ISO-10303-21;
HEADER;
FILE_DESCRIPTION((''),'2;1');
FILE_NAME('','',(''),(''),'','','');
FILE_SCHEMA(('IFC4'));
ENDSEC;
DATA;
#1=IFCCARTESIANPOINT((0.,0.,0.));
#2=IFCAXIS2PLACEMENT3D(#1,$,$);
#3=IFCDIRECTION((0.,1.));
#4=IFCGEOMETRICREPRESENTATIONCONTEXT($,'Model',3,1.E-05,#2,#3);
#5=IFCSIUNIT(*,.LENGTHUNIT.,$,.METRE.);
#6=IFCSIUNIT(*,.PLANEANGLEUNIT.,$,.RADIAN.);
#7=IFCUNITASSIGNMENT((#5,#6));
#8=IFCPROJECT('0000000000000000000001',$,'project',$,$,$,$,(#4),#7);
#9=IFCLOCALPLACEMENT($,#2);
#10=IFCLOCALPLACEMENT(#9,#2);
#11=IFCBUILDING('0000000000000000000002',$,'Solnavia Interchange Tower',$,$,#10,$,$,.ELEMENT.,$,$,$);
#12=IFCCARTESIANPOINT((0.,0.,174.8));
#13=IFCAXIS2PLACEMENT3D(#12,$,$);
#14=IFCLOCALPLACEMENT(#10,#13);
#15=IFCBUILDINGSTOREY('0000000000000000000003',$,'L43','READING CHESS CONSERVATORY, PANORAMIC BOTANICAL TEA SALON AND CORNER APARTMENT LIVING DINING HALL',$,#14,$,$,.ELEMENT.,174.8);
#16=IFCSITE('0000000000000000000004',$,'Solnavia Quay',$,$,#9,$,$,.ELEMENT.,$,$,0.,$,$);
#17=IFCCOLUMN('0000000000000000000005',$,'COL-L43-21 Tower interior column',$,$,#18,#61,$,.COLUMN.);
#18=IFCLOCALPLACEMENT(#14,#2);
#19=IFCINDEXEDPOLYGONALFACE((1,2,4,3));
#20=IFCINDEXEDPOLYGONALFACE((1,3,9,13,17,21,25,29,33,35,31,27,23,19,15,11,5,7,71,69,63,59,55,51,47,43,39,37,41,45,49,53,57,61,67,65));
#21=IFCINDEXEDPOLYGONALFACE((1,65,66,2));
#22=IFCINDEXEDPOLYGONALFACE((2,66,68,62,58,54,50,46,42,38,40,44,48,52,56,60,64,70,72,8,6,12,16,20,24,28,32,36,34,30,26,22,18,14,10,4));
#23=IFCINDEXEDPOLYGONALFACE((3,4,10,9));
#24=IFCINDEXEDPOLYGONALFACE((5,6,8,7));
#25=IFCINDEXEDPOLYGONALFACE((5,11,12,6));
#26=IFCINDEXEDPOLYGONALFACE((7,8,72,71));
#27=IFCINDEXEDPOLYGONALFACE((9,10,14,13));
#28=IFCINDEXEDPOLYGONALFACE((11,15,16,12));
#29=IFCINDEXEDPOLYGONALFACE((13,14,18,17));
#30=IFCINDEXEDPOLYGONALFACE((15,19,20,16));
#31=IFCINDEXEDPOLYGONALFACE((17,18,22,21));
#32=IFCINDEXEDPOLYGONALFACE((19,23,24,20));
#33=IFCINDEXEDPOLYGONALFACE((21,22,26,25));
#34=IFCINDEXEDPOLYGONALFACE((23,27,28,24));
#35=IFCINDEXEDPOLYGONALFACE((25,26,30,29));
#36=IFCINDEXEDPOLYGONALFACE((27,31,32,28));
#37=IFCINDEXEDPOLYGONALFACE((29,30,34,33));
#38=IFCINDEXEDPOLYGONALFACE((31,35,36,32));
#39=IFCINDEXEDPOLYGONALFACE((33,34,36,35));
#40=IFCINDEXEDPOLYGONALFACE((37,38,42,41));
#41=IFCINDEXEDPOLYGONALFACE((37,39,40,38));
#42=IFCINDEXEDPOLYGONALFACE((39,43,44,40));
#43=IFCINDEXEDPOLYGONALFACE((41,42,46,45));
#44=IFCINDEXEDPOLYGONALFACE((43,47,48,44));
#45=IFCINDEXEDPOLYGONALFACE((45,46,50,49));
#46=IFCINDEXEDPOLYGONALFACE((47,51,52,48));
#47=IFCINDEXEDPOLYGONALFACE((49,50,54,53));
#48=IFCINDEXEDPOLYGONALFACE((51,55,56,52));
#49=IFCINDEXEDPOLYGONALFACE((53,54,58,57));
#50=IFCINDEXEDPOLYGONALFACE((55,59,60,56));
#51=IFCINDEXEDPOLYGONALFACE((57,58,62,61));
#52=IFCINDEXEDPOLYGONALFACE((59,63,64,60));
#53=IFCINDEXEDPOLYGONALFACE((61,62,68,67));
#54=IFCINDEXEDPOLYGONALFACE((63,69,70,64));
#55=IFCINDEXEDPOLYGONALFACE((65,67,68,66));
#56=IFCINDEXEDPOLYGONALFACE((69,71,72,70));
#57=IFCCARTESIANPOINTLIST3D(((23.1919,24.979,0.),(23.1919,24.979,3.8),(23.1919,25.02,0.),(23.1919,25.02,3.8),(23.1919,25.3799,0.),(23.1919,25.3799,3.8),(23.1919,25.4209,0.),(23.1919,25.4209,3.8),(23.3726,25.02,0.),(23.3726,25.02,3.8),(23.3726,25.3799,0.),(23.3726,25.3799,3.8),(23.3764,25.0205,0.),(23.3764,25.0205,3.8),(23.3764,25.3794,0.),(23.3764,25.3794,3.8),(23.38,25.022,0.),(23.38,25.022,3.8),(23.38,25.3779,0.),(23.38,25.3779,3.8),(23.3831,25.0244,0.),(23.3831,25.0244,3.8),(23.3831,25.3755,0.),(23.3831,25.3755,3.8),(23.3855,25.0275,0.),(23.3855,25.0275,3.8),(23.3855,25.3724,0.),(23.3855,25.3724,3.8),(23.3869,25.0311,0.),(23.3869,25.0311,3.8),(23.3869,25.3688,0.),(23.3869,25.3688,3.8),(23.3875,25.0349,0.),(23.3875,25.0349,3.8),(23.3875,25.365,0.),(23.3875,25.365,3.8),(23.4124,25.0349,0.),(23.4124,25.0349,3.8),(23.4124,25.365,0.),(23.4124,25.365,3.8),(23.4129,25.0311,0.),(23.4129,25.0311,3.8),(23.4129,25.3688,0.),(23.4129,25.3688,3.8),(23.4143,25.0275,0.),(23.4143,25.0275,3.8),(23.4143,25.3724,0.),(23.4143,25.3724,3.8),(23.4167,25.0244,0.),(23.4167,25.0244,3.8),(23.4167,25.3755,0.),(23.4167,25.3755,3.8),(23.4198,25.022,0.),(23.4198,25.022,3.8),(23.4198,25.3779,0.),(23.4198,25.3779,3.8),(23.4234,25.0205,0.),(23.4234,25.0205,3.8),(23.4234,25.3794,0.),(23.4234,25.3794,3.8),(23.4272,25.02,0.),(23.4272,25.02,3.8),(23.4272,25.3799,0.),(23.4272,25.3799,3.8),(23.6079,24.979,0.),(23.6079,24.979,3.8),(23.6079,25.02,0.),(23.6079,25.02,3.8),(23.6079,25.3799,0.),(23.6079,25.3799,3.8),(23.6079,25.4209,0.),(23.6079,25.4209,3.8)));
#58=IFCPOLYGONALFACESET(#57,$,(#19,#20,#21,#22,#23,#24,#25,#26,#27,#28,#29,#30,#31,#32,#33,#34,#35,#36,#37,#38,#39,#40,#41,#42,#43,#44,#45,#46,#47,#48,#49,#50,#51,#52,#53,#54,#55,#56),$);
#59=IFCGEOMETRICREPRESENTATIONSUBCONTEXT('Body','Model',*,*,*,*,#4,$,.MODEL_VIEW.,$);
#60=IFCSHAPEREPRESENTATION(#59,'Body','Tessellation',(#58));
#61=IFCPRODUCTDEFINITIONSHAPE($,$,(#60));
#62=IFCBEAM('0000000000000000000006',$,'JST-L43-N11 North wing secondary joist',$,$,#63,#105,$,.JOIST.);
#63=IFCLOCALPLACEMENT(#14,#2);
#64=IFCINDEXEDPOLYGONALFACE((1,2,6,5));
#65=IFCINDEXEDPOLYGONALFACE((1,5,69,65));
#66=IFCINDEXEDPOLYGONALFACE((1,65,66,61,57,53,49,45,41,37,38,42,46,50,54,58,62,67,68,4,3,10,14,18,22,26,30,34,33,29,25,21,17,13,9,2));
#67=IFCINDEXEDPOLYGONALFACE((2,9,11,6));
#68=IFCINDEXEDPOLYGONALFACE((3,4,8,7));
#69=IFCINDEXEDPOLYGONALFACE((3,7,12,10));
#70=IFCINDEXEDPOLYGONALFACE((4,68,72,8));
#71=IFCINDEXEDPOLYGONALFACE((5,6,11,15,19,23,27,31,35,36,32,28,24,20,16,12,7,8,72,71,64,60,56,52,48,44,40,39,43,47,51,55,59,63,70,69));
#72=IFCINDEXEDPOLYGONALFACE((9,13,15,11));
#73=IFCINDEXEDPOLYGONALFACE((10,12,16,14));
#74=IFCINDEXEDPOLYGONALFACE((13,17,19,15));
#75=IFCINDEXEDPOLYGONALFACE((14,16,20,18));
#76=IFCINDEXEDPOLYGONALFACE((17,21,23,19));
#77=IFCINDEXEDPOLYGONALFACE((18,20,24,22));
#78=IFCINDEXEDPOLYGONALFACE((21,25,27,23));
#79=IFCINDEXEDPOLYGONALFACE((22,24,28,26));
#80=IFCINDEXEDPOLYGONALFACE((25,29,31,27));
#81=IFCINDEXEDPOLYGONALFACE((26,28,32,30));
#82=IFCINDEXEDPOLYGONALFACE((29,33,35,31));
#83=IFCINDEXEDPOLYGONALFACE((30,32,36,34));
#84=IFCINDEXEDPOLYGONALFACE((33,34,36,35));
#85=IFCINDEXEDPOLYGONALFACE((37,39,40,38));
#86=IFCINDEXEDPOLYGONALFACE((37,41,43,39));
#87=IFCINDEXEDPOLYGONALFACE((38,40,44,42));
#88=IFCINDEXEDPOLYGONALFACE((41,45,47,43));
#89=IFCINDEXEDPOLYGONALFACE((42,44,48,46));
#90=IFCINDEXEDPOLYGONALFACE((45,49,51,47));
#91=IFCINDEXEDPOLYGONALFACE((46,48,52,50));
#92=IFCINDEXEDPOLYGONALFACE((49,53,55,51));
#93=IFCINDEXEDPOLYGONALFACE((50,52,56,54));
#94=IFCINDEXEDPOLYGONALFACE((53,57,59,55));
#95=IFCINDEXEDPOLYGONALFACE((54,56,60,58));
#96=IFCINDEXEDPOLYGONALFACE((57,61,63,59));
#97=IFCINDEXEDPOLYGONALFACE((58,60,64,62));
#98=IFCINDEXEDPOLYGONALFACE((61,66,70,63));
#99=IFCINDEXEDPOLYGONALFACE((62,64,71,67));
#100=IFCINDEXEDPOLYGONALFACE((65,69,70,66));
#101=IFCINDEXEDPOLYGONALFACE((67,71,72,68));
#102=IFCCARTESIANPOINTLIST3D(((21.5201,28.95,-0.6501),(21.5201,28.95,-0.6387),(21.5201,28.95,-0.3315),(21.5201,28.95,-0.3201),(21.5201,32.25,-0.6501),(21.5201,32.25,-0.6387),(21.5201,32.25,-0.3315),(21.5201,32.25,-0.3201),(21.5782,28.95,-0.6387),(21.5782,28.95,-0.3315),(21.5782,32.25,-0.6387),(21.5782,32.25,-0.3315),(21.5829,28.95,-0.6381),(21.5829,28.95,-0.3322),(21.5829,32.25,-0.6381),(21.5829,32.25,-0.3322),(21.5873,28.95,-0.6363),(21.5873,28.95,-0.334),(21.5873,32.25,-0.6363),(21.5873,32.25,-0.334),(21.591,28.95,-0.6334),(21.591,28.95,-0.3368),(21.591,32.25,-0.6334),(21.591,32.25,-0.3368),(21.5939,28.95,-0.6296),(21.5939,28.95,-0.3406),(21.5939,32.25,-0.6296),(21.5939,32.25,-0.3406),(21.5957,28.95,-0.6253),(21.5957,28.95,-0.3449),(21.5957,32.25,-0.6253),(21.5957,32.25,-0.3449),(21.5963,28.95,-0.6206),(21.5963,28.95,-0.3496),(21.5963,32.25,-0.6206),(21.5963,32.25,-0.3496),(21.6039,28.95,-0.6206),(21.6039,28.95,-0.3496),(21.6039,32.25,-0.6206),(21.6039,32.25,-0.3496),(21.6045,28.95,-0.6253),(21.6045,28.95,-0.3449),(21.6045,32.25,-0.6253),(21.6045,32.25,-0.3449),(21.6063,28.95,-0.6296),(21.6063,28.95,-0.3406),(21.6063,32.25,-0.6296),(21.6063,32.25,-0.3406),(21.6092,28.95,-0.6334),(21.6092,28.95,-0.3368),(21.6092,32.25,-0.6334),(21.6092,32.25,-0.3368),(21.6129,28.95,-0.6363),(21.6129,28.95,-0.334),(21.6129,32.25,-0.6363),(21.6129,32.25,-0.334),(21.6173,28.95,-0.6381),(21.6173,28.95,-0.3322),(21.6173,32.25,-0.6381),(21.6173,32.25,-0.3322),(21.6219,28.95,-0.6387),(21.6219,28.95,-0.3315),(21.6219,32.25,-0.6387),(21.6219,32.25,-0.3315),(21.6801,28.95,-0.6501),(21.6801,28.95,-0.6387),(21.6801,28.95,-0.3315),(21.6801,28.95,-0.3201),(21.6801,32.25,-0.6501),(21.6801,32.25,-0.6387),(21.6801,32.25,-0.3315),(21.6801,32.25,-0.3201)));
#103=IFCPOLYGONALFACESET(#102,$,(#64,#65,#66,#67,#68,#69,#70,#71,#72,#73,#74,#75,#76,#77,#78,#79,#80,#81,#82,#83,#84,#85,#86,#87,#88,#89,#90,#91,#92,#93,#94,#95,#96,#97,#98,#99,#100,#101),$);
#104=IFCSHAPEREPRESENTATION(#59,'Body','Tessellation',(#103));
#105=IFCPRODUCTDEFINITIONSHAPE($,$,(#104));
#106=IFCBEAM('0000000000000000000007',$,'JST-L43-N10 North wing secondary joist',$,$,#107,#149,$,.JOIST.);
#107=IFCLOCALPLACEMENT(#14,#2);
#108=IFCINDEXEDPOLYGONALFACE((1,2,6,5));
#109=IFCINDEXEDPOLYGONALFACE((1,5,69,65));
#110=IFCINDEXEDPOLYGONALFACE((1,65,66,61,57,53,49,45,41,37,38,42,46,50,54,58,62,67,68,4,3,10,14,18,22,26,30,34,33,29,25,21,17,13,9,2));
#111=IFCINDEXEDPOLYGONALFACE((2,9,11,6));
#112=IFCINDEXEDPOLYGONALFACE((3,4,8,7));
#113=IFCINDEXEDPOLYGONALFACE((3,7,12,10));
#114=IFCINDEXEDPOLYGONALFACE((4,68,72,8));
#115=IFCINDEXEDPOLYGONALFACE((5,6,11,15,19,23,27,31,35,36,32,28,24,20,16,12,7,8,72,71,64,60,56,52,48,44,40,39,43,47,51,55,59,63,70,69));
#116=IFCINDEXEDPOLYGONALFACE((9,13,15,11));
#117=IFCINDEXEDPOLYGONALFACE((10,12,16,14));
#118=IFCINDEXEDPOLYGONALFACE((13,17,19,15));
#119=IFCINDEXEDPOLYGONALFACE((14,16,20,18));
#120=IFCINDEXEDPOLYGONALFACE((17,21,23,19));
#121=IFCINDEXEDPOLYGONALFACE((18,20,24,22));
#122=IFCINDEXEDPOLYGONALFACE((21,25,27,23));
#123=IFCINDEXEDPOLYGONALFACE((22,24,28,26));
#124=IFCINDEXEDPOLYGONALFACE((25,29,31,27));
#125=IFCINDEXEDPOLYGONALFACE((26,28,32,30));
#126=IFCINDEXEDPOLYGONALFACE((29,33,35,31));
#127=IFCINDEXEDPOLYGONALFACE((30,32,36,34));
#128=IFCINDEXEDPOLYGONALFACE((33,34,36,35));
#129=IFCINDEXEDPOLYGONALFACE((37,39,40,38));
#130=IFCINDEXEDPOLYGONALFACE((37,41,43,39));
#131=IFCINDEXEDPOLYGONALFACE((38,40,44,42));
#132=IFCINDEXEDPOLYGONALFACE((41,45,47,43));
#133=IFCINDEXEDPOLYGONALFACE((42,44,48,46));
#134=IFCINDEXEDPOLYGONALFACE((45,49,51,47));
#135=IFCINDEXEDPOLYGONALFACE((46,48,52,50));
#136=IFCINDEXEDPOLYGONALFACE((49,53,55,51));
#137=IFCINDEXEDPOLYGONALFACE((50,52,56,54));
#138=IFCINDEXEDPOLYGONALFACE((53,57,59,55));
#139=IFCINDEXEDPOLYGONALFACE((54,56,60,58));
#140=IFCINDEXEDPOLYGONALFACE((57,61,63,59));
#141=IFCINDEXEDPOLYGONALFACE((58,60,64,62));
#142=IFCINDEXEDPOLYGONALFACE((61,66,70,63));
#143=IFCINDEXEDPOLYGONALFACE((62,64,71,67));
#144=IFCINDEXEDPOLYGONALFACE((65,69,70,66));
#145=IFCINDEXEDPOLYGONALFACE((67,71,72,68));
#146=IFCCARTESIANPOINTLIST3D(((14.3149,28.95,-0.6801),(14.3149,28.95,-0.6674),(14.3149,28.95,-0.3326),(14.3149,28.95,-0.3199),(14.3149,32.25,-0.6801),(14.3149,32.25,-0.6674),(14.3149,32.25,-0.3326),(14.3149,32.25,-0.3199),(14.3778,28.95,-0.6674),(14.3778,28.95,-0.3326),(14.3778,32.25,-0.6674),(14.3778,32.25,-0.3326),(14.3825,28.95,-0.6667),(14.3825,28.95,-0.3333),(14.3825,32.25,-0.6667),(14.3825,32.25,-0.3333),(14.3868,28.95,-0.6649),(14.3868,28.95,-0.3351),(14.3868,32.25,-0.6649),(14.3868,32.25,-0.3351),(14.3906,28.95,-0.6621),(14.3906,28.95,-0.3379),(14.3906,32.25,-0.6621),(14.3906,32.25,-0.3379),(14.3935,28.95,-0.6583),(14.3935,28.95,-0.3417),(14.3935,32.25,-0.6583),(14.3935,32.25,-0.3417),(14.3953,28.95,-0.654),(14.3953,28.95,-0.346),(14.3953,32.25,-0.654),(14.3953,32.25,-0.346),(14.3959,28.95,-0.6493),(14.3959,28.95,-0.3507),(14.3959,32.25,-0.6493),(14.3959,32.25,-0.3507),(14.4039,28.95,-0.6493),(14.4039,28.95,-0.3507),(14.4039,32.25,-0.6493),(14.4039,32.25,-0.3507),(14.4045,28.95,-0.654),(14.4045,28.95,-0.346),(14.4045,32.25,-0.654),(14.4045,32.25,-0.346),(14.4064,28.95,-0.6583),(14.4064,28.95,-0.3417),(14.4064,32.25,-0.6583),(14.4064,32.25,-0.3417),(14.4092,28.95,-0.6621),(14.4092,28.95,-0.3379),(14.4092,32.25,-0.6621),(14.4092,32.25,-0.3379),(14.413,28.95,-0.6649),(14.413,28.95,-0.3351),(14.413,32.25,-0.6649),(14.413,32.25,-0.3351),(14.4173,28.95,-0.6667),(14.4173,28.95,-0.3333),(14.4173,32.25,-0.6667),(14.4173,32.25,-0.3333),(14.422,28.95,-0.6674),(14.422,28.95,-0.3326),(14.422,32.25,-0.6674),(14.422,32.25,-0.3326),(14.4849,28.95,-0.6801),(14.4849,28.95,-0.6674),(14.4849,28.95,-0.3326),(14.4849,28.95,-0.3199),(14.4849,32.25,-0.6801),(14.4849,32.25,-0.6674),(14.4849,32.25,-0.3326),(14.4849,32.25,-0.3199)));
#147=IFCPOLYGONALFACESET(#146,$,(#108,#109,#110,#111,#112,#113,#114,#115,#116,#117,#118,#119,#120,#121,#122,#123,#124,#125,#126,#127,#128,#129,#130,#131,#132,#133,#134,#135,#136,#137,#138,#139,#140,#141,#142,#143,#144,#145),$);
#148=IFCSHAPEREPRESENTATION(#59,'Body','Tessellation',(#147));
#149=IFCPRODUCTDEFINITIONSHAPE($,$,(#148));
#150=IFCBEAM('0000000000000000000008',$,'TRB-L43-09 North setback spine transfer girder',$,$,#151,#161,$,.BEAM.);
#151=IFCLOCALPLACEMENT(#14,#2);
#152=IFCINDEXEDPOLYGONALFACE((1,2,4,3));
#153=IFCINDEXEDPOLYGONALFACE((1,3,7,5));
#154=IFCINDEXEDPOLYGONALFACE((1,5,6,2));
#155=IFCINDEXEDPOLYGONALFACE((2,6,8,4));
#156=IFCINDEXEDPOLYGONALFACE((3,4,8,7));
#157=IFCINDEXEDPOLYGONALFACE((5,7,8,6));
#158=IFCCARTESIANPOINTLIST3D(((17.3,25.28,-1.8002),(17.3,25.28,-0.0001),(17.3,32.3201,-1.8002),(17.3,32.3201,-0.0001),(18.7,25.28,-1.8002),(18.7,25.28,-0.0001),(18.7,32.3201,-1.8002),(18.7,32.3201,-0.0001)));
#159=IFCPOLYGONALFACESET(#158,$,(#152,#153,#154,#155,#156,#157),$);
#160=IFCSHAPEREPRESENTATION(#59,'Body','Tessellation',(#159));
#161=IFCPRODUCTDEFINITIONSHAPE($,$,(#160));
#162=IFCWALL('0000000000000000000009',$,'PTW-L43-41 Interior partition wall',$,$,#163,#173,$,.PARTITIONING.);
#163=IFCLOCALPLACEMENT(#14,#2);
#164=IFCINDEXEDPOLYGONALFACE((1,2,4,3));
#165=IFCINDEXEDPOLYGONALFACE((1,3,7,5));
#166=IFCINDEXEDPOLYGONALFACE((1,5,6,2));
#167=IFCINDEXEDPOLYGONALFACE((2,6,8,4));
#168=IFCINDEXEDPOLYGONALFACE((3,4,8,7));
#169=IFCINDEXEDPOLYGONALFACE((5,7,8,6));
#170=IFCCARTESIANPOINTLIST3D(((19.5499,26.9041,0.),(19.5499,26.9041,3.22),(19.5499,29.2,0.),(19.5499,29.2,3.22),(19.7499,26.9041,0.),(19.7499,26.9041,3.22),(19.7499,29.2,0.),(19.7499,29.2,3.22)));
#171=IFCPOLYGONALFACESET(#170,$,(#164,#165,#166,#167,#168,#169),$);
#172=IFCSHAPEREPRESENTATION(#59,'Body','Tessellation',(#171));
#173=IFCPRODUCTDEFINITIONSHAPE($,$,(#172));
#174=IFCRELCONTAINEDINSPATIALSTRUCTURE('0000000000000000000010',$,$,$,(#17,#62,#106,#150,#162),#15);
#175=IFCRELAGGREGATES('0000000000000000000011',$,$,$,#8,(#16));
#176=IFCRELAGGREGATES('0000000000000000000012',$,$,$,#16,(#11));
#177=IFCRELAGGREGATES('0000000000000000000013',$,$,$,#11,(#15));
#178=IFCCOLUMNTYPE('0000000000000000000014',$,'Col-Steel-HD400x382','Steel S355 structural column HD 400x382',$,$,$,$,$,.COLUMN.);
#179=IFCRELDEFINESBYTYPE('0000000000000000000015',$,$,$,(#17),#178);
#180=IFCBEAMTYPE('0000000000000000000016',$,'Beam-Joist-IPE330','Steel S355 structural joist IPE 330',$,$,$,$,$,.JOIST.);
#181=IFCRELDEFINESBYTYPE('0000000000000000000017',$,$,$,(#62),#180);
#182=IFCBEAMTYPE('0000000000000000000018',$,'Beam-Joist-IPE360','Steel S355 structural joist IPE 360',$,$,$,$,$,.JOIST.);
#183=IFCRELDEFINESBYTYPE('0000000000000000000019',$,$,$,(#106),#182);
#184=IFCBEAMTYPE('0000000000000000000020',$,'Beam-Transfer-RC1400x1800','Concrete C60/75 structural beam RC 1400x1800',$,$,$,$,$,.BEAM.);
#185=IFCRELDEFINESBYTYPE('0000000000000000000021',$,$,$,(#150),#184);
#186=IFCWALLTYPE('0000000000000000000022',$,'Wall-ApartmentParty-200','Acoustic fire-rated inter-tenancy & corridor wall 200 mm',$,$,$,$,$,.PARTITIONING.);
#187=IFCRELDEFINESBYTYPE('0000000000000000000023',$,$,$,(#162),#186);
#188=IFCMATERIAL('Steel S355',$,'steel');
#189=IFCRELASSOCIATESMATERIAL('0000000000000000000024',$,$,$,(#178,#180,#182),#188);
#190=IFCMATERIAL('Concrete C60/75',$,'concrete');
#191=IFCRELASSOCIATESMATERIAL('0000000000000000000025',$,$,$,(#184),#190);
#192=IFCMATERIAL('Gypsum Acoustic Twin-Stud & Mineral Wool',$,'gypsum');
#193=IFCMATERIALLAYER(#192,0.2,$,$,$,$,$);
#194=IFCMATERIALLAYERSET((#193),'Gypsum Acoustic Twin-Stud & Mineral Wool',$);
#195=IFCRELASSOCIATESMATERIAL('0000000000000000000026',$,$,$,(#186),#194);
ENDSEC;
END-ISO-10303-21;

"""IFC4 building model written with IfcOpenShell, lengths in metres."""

from ifc_helpers import new_model, si_unit, direction, frame, frame_2d, origin, origin_2d, place, context, subcontext, project, spatial, rectangle, i_section, extrude, material, layer, layer_set, material_profile, profile_set, type_object, element, save


model = new_model("IFC4")

# Units and contexts
model_context = context("Model", 3, precision=1e-05, world=origin(), true_north=direction((0.0, 1.0)))
body_context = subcontext(model_context, "Body", "Model", "MODEL_VIEW")
ifc_project = project(units=[si_unit("LENGTHUNIT", "METRE"), si_unit("PLANEANGLEUNIT", "RADIAN")], contexts=[model_context])

# Site, building, storey
site_placement = place(None, origin())
site = spatial("IfcSite", under=ifc_project, at=site_placement, Name="Solnavia Quay", CompositionType="ELEMENT", RefElevation=0.0)
building_placement = place(site_placement, origin())
building = spatial("IfcBuilding", under=site, at=building_placement, Name="Solnavia Interchange Tower", CompositionType="ELEMENT")
storey_placement = place(building_placement, frame((0.0, 0.0, 174.8)))
storey = spatial("IfcBuildingStorey", under=building, at=storey_placement, Name="L43", Description="READING CHESS CONSERVATORY, PANORAMIC BOTANICAL TEA SALON AND CORNER APARTMENT LIVING DINING HALL", CompositionType="ELEMENT", Elevation=174.8)

# Column
ifc_material_1 = material(Name="Steel S355", Category="steel")
ifc_material_profile_1 = material_profile(ifc_material_1, i_section(OverallWidth=0.416, OverallDepth=0.4419, WebThickness=0.0249, FlangeThickness=0.041, FilletRadius=0.0149, at=origin_2d()), Name="HD 400x382")
ifc_profile_set_1 = profile_set([ifc_material_profile_1], Name="Steel S355")
column_type = type_object("IfcColumnType", Name="Col-Steel-HD400x382", Description="Steel S355 structural column HD 400x382", PredefinedType="COLUMN", material=ifc_profile_set_1)
column_placement = place(storey_placement, frame((23.3999, 25.2, 0.0), z_axis=(0.0, 0.0, 1.0), x_axis=(1.0, 0.0, 0.0)))
element("IfcColumn", 1, at=column_placement, inside=storey, type_object=column_type, Name="COL-L43-21 Tower interior column", PredefinedType="COLUMN", context=body_context, shape_type="SweptSolid", body=[
    extrude(i_section(OverallWidth=0.416, OverallDepth=0.4419, WebThickness=0.0249, FlangeThickness=0.041, FilletRadius=0.0149, at=origin_2d()), origin(), (0.0, 0.0, 1.0), 3.8),
])

# Beams
ifc_material_profile_2 = material_profile(ifc_material_1, i_section(OverallWidth=0.1599, OverallDepth=0.3301, WebThickness=0.0076, FlangeThickness=0.0115, FilletRadius=0.0181, at=origin_2d()), Name="IPE 330")
ifc_profile_set_2 = profile_set([ifc_material_profile_2], Name="Steel S355")
beam_type_1 = type_object("IfcBeamType", Name="Beam-Joist-IPE330", Description="Steel S355 structural joist IPE 330", PredefinedType="JOIST", material=ifc_profile_set_2)
beam_1_placement = place(storey_placement, frame((21.6001, 28.95, -0.4851), z_axis=(0.0, 1.0, 0.0), x_axis=(-1.0, 0.0, 0.0)))
element("IfcBeam", 2, at=beam_1_placement, inside=storey, type_object=beam_type_1, Name="JST-L43-N11 North wing secondary joist", PredefinedType="JOIST", context=body_context, shape_type="SweptSolid", body=[
    extrude(i_section(OverallWidth=0.1599, OverallDepth=0.3301, WebThickness=0.0076, FlangeThickness=0.0115, FilletRadius=0.0181, at=origin_2d()), origin(), (0.0, 0.0, 1.0), 3.3),
])
ifc_material_profile_3 = material_profile(ifc_material_1, i_section(OverallWidth=0.1699, OverallDepth=0.3601, WebThickness=0.0081, FlangeThickness=0.0127, FilletRadius=0.0181, at=origin_2d()), Name="IPE 360")
ifc_profile_set_3 = profile_set([ifc_material_profile_3], Name="Steel S355")
beam_type_2 = type_object("IfcBeamType", Name="Beam-Joist-IPE360", Description="Steel S355 structural joist IPE 360", PredefinedType="JOIST", material=ifc_profile_set_3)
beam_2_placement = place(storey_placement, frame((14.3999, 28.95, -0.5), z_axis=(0.0, 1.0, 0.0), x_axis=(-1.0, 0.0, 0.0)))
element("IfcBeam", 3, at=beam_2_placement, inside=storey, type_object=beam_type_2, Name="JST-L43-N10 North wing secondary joist", PredefinedType="JOIST", context=body_context, shape_type="SweptSolid", body=[
    extrude(i_section(OverallWidth=0.1699, OverallDepth=0.3601, WebThickness=0.0081, FlangeThickness=0.0127, FilletRadius=0.0181, at=origin_2d()), origin(), (0.0, 0.0, 1.0), 3.3),
])
ifc_material_2 = material(Name="Concrete C60/75", Category="concrete")
ifc_material_profile_4 = material_profile(ifc_material_2, rectangle(XDim=1.3999, YDim=1.8, at=origin_2d()), Name="RC 1400x1800")
ifc_profile_set_4 = profile_set([ifc_material_profile_4], Name="Concrete C60/75")
beam_type_3 = type_object("IfcBeamType", Name="Beam-Transfer-RC1400x1800", Description="Concrete C60/75 structural beam RC 1400x1800", PredefinedType="BEAM", material=ifc_profile_set_4)
beam_3_placement = place(storey_placement, frame((18.0, 25.28, -0.9001), z_axis=(0.0, 1.0, 0.0), x_axis=(-1.0, 0.0, 0.0)))
element("IfcBeam", 4, at=beam_3_placement, inside=storey, type_object=beam_type_3, Name="TRB-L43-09 North setback spine transfer girder", PredefinedType="BEAM", context=body_context, shape_type="SweptSolid", body=[
    extrude(rectangle(XDim=1.3999, YDim=1.8, at=origin_2d()), origin(), (0.0, 0.0, 1.0), 7.04),
])

# Wall
ifc_material_3 = material(Name="Gypsum Acoustic Twin-Stud & Mineral Wool", Category="gypsum")
ifc_layer_1 = layer(ifc_material_3, 0.2)
ifc_layer_set_1 = layer_set([ifc_layer_1], Name="Gypsum Acoustic Twin-Stud & Mineral Wool")
wall_type_1 = type_object("IfcWallType", Name="Wall-ApartmentParty-200", Description="Acoustic fire-rated inter-tenancy & corridor wall 200 mm", PredefinedType="PARTITIONING", material=ifc_layer_set_1)
wall_1_placement = place(storey_placement, frame((19.6499, 26.9041, 0.0), z_axis=(0.0, 0.0, 1.0), x_axis=(0.0, 1.0, 0.0)))
element("IfcWall", 5, at=wall_1_placement, inside=storey, type_object=wall_type_1, Name="PTW-L43-41 Interior partition wall", PredefinedType="PARTITIONING", context=body_context, shape_type="SweptSolid", body=[
    extrude(rectangle(XDim=2.2959, YDim=0.2, at=frame_2d((1.1479, 0.0))), origin(), (0.0, 0.0, 1.0), 3.22),
])

save(model, "model.ifc")
